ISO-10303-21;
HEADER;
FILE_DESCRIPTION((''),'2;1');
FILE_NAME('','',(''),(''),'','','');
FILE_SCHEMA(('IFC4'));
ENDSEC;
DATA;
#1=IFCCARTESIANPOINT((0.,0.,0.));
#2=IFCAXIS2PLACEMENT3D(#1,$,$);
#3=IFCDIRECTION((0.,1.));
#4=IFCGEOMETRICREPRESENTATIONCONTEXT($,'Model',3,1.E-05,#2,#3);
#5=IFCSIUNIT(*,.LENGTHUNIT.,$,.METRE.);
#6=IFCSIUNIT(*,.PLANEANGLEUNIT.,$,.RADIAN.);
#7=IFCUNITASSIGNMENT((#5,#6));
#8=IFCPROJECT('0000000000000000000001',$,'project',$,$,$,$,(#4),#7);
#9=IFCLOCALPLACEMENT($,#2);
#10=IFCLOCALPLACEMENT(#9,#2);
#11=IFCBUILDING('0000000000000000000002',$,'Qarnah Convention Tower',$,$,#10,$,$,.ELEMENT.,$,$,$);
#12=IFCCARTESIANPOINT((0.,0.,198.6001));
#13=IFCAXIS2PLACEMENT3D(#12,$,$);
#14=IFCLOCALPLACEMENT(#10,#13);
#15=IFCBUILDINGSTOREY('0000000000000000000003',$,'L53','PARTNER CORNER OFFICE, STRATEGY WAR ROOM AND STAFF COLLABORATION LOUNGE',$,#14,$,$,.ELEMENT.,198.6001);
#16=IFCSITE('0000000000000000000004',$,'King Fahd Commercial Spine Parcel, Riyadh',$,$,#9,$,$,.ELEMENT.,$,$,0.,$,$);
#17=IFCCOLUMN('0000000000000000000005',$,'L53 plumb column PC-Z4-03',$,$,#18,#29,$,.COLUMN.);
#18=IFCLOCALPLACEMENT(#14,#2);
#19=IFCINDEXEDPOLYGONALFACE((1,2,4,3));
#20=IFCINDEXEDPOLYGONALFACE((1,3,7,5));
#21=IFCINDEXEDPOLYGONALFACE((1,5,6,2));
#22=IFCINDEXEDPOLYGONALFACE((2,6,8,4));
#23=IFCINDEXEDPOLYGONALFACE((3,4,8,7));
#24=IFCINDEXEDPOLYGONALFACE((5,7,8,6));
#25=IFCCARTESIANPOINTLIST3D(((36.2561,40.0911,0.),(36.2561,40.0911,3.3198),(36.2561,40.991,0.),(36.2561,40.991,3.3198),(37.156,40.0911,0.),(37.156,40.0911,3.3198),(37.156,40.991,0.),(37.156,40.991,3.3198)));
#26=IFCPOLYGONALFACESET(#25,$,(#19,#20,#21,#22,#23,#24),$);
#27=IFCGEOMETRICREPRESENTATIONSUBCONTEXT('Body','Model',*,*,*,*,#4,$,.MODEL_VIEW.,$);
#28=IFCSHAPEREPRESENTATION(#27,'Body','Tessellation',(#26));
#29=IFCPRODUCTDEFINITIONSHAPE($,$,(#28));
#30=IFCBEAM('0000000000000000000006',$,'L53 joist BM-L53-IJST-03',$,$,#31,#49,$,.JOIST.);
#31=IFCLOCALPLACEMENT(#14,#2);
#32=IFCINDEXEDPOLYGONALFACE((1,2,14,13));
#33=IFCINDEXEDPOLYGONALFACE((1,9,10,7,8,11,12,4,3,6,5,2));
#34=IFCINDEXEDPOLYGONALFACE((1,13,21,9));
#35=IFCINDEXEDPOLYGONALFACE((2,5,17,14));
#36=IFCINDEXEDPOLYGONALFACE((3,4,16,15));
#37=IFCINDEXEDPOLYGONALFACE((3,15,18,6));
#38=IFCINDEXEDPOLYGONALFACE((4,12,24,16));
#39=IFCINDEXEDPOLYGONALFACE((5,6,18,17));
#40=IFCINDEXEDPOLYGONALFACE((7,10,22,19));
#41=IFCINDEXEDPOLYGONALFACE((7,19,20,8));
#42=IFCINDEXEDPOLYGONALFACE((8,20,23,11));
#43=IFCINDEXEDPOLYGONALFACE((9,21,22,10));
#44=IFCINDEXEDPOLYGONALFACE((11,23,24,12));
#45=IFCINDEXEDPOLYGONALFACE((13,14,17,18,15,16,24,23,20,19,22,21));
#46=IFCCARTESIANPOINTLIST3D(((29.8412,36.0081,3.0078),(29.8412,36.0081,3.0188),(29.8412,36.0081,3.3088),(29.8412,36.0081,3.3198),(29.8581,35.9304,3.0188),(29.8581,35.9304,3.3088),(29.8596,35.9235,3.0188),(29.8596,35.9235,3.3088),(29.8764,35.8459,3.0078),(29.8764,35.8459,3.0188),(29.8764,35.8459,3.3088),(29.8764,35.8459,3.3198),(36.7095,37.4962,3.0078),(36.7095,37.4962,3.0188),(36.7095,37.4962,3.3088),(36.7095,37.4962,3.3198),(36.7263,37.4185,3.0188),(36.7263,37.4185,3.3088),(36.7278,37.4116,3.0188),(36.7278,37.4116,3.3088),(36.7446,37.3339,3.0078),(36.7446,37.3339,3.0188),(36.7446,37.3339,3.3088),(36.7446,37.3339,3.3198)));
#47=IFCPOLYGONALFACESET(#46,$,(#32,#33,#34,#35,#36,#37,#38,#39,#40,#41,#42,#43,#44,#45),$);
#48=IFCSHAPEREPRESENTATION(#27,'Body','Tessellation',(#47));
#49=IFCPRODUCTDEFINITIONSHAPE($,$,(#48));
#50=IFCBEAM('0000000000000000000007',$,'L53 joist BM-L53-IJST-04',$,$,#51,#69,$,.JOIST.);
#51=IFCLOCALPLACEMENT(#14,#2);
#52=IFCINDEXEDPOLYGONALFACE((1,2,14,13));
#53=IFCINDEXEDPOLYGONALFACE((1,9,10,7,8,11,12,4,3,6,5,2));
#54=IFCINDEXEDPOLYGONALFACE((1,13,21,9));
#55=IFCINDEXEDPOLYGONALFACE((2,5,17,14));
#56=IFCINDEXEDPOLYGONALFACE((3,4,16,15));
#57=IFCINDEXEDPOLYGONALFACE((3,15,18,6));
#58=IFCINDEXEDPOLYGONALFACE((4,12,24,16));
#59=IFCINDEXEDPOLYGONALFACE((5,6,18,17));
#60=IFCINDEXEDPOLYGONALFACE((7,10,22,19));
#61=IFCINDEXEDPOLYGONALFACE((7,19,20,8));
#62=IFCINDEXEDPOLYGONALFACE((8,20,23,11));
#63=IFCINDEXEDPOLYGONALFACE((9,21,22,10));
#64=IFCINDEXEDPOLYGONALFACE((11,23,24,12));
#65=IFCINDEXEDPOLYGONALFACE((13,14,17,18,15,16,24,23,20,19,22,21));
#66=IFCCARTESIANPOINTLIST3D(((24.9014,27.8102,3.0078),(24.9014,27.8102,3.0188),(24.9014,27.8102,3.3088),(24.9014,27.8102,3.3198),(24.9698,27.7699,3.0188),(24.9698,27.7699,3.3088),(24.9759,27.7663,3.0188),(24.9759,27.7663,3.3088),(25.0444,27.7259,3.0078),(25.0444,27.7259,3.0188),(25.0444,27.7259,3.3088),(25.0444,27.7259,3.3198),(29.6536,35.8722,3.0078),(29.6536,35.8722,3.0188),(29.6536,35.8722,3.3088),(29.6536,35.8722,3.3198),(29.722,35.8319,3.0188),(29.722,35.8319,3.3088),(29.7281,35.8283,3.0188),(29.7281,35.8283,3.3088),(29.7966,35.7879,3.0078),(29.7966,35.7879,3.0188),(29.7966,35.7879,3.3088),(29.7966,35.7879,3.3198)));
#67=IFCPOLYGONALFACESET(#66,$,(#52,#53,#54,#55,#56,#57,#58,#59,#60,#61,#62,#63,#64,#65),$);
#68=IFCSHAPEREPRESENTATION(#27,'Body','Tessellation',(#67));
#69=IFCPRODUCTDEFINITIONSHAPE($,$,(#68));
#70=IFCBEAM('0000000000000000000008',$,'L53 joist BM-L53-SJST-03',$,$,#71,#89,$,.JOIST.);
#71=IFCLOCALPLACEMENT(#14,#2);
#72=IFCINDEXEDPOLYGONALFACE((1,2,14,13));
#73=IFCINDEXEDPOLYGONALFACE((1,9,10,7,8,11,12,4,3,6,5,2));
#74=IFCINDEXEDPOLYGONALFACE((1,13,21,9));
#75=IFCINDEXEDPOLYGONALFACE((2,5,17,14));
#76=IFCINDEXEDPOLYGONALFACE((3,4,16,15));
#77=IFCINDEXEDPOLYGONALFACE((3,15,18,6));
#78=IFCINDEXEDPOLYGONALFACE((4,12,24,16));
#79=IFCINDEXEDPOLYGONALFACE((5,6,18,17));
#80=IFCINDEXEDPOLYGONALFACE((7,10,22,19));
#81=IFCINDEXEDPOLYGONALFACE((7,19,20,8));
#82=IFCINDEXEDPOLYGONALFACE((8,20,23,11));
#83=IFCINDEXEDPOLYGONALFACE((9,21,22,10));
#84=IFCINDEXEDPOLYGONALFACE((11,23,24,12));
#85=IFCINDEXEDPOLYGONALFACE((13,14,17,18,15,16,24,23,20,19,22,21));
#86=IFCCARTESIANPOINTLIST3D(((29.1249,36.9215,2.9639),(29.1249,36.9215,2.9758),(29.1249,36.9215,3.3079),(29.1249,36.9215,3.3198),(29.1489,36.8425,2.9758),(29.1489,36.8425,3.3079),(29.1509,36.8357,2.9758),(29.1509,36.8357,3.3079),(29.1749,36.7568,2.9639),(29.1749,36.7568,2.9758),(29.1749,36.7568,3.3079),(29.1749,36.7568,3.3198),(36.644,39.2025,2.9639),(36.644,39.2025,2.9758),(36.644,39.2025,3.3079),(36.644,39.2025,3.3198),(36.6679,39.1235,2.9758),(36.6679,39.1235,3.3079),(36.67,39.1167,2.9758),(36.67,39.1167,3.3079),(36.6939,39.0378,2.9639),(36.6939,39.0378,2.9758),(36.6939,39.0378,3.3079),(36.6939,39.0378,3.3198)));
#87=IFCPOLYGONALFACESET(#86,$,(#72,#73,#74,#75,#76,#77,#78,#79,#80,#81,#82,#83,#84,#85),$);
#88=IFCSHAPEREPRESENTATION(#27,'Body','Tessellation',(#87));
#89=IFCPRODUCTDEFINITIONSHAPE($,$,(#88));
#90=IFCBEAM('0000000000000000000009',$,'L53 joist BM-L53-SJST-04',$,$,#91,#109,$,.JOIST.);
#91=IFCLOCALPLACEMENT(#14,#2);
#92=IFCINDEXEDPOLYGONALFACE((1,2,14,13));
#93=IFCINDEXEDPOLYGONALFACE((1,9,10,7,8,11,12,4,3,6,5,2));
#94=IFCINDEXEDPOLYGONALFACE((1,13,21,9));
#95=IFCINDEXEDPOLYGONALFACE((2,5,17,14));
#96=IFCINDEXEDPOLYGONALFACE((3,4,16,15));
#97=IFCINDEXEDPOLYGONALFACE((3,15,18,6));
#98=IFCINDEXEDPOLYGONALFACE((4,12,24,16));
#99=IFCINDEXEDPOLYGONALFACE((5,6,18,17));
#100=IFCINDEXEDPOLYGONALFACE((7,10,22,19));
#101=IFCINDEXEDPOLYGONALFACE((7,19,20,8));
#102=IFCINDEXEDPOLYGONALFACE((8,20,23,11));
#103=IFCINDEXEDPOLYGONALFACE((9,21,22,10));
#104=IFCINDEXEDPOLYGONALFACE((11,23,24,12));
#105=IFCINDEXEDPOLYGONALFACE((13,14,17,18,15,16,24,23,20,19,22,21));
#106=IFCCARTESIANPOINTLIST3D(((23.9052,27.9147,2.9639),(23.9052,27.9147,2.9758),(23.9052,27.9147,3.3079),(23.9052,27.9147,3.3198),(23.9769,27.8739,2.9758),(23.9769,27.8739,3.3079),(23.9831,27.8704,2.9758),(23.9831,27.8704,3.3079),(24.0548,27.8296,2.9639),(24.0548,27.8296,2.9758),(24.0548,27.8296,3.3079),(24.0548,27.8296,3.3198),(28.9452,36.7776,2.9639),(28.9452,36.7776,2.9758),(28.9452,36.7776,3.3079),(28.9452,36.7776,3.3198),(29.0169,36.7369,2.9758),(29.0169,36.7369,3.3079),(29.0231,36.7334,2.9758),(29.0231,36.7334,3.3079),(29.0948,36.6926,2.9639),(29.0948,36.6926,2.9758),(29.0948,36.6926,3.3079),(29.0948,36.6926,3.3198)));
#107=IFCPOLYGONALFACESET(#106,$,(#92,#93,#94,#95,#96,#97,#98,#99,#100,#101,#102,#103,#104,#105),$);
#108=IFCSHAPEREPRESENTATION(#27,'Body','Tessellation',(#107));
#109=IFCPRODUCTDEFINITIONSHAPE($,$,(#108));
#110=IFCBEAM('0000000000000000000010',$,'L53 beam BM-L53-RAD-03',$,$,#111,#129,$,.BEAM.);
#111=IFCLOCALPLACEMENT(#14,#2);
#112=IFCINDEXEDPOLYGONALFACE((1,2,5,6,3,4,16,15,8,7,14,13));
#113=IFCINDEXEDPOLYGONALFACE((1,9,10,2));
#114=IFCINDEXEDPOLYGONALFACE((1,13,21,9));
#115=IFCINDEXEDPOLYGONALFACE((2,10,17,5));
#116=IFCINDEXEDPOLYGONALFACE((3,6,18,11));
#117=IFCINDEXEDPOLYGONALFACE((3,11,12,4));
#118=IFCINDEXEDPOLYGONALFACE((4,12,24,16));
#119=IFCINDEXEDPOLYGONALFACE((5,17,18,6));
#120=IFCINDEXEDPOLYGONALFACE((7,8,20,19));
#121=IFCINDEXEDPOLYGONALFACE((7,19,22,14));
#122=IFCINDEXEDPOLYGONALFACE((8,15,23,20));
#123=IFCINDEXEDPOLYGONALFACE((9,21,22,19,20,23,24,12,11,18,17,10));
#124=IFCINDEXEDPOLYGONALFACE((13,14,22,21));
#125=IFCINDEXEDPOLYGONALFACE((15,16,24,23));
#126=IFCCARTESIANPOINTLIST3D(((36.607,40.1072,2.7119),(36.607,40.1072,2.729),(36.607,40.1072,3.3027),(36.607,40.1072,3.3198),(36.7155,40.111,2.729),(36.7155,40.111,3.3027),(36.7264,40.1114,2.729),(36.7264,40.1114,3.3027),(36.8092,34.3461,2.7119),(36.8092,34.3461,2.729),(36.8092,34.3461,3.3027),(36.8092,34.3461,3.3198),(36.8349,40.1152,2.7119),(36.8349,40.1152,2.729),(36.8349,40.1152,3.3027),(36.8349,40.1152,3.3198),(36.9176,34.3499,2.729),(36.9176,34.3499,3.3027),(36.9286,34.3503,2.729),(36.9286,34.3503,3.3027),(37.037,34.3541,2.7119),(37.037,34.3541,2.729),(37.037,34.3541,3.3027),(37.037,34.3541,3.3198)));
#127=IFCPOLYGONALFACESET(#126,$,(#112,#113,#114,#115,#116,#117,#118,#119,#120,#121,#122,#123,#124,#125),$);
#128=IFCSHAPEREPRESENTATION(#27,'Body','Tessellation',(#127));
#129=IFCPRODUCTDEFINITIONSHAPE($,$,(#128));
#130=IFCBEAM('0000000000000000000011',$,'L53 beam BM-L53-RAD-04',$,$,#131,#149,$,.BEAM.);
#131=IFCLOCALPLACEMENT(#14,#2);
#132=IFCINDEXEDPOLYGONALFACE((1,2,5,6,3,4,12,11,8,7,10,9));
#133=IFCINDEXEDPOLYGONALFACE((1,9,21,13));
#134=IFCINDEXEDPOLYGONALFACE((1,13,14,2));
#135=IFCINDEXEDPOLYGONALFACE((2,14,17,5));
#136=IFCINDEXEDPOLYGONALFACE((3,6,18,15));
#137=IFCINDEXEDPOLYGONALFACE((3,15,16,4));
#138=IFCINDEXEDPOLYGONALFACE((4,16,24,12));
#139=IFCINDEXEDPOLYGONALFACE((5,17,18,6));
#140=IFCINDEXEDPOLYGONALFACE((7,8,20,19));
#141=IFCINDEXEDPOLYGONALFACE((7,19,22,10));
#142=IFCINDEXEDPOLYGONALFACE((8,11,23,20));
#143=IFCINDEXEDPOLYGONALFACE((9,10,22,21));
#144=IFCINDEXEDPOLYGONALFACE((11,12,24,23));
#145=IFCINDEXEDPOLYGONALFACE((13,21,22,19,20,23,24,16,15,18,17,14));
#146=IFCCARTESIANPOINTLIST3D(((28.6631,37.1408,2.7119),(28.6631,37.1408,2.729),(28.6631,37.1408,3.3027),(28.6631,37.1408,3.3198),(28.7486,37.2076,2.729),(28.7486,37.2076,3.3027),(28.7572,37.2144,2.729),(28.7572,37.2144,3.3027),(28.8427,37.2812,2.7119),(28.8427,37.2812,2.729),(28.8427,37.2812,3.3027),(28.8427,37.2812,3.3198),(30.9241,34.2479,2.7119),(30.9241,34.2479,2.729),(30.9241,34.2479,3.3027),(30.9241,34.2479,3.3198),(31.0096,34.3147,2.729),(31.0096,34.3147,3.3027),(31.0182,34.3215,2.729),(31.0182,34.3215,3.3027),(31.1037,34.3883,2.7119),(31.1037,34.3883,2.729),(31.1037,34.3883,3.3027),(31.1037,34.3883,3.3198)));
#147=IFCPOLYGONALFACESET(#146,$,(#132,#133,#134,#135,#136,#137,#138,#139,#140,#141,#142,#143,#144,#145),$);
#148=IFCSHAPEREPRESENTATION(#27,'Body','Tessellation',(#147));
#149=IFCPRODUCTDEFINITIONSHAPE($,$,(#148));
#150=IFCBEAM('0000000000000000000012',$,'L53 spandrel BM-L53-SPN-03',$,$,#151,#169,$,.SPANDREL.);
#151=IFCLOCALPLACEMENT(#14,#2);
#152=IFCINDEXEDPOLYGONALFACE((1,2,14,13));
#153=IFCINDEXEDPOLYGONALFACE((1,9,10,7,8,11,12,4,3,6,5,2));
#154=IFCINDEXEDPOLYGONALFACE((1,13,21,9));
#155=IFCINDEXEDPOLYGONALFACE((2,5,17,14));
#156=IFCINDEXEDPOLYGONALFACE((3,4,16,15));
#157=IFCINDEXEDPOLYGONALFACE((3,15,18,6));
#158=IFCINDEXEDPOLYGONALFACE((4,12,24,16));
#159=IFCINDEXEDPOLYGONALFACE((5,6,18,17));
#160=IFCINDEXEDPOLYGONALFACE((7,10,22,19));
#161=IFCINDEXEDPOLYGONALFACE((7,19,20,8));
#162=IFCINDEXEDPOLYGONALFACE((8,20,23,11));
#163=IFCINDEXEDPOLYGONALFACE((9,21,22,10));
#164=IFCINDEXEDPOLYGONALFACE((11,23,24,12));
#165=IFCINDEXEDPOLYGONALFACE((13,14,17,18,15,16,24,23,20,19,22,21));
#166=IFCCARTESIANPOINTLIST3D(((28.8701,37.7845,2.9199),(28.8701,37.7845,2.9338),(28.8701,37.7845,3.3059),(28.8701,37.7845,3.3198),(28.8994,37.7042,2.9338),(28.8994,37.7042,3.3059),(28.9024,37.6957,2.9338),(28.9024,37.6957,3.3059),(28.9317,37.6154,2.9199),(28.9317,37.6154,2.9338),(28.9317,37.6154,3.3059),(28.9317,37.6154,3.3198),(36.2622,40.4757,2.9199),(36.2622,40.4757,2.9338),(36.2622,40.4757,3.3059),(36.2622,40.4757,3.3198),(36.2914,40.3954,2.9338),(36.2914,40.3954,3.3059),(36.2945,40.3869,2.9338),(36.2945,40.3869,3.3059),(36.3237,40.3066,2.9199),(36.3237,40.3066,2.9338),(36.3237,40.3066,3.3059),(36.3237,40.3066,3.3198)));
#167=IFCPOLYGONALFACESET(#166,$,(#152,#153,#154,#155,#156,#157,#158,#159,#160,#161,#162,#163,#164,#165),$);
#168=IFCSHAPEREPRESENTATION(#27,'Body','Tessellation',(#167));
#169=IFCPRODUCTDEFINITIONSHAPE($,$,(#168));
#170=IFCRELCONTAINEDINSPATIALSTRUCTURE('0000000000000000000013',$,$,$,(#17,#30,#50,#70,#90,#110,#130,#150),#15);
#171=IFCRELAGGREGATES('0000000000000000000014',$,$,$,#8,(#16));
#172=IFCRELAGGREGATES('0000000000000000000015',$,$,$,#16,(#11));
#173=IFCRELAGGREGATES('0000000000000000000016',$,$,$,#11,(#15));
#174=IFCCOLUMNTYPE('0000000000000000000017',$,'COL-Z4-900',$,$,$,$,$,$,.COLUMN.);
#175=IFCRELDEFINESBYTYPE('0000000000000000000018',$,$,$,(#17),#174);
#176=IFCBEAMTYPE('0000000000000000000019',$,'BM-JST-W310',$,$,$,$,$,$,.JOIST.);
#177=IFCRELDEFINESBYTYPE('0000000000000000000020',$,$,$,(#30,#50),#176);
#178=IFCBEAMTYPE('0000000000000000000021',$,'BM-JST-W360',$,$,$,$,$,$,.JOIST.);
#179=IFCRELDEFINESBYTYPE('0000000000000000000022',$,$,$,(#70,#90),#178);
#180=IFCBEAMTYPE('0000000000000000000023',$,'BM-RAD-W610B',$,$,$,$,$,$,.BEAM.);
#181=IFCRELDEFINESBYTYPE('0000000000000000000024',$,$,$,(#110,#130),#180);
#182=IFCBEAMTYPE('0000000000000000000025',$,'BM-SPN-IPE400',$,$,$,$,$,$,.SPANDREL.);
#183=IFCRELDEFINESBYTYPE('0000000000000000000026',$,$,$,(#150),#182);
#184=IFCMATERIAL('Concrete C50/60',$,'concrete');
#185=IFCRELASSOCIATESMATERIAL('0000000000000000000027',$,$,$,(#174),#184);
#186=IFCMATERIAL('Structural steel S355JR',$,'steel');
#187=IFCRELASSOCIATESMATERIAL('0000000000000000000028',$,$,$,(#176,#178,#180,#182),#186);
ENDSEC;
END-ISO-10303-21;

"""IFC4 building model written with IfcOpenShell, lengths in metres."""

from ifc_helpers import new_model, si_unit, direction, frame, origin, origin_2d, place, context, subcontext, project, spatial, rectangle, i_section, extrude, material, material_profile, profile_set, type_object, element, save


model = new_model("IFC4")

# Units and contexts
model_context = context("Model", 3, precision=1e-05, world=origin(), true_north=direction((0.0, 1.0)))
body_context = subcontext(model_context, "Body", "Model", "MODEL_VIEW")
ifc_project = project(units=[si_unit("LENGTHUNIT", "METRE"), si_unit("PLANEANGLEUNIT", "RADIAN")], contexts=[model_context])

# Site, building, storey
site_placement = place(None, origin())
site = spatial("IfcSite", under=ifc_project, at=site_placement, Name="King Fahd Commercial Spine Parcel, Riyadh", CompositionType="ELEMENT", RefElevation=0.0)
building_placement = place(site_placement, origin())
building = spatial("IfcBuilding", under=site, at=building_placement, Name="Qarnah Convention Tower", CompositionType="ELEMENT")
storey_placement = place(building_placement, frame((0.0, 0.0, 198.6001)))
storey = spatial("IfcBuildingStorey", under=building, at=storey_placement, Name="L53", Description="PARTNER CORNER OFFICE, STRATEGY WAR ROOM AND STAFF COLLABORATION LOUNGE", CompositionType="ELEMENT", Elevation=198.6001)

# Column
ifc_material_1 = material(Name="Concrete C50/60", Category="concrete")
ifc_material_profile_1 = material_profile(ifc_material_1, rectangle(XDim=0.8999, YDim=0.8999, at=origin_2d()), Name="RC-COL-900X900")
ifc_profile_set_1 = profile_set([ifc_material_profile_1], Name="Concrete C50/60")
column_type = type_object("IfcColumnType", Name="COL-Z4-900", PredefinedType="COLUMN", material=ifc_profile_set_1)
column_placement = place(storey_placement, frame((36.7061, 40.541, 0.0), z_axis=(0.0, 0.0, 1.0), x_axis=(1.0, 0.0, 0.0)))
element("IfcColumn", 1, at=column_placement, inside=storey, type_object=column_type, Name="L53 plumb column PC-Z4-03", PredefinedType="COLUMN", context=body_context, shape_type="SweptSolid", body=[
    extrude(rectangle(XDim=0.8999, YDim=0.8999, at=origin_2d()), origin(), (0.0, 0.0, 1.0), 3.3198),
])

# Beams
ifc_material_2 = material(Name="Structural steel S355JR", Category="steel")
ifc_material_profile_2 = material_profile(ifc_material_2, i_section(OverallWidth=0.166, OverallDepth=0.312, WebThickness=0.0071, FlangeThickness=0.011, at=origin_2d()), Name="W310X45")
ifc_profile_set_2 = profile_set([ifc_material_profile_2], Name="Structural steel S355JR")
beam_type_1 = type_object("IfcBeamType", Name="BM-JST-W310", PredefinedType="JOIST", material=ifc_profile_set_2)
beam_1_placement = place(storey_placement, frame((36.7271, 37.415, 3.1638), z_axis=(-0.977325, -0.211744, 0.0), x_axis=(0.211744, -0.977325, 0.0)))
element("IfcBeam", 2, at=beam_1_placement, inside=storey, type_object=beam_type_1, Name="L53 joist BM-L53-IJST-03", PredefinedType="JOIST", context=body_context, shape_type="SweptSolid", body=[
    extrude(i_section(OverallWidth=0.166, OverallDepth=0.312, WebThickness=0.0071, FlangeThickness=0.011, at=origin_2d()), origin(), (0.0, 0.0, 1.0), 7.0276),
])
beam_2_placement = place(storey_placement, frame((29.7251, 35.8301, 3.1638), z_axis=(-0.507801, -0.861474, 0.0), x_axis=(0.861474, -0.507801, 0.0)))
element("IfcBeam", 3, at=beam_2_placement, inside=storey, type_object=beam_type_1, Name="L53 joist BM-L53-IJST-04", PredefinedType="JOIST", context=body_context, shape_type="SweptSolid", body=[
    extrude(i_section(OverallWidth=0.166, OverallDepth=0.312, WebThickness=0.0071, FlangeThickness=0.011, at=origin_2d()), origin(), (0.0, 0.0, 1.0), 9.3584),
])
ifc_material_profile_3 = material_profile(ifc_material_2, i_section(OverallWidth=0.1721, OverallDepth=0.356, WebThickness=0.0071, FlangeThickness=0.012, at=origin_2d()), Name="W360X51")
ifc_profile_set_3 = profile_set([ifc_material_profile_3], Name="Structural steel S355JR")
beam_type_2 = type_object("IfcBeamType", Name="BM-JST-W360", PredefinedType="JOIST", material=ifc_profile_set_3)
beam_3_placement = place(storey_placement, frame((36.6689, 39.1201, 3.1418), z_axis=(-0.956936, -0.2903, 0.0), x_axis=(0.2903, -0.956936, 0.0)))
element("IfcBeam", 4, at=beam_3_placement, inside=storey, type_object=beam_type_2, Name="L53 joist BM-L53-SJST-03", PredefinedType="JOIST", context=body_context, shape_type="SweptSolid", body=[
    extrude(i_section(OverallWidth=0.1721, OverallDepth=0.356, WebThickness=0.0071, FlangeThickness=0.012, at=origin_2d()), origin(), (0.0, 0.0, 1.0), 7.8574),
])
beam_4_placement = place(storey_placement, frame((29.02, 36.7351, 3.1418), z_axis=(-0.494322, -0.869279, 0.0), x_axis=(0.869279, -0.494322, 0.0)))
element("IfcBeam", 5, at=beam_4_placement, inside=storey, type_object=beam_type_2, Name="L53 joist BM-L53-SJST-04", PredefinedType="JOIST", context=body_context, shape_type="SweptSolid", body=[
    extrude(i_section(OverallWidth=0.1721, OverallDepth=0.356, WebThickness=0.0071, FlangeThickness=0.012, at=origin_2d()), origin(), (0.0, 0.0, 1.0), 10.1958),
])
ifc_material_profile_4 = material_profile(ifc_material_2, i_section(OverallWidth=0.228, OverallDepth=0.6079, WebThickness=0.011, FlangeThickness=0.0171, at=origin_2d()), Name="W610X113")
ifc_profile_set_4 = profile_set([ifc_material_profile_4], Name="Structural steel S355JR")
beam_type_3 = type_object("IfcBeamType", Name="BM-RAD-W610B", PredefinedType="BEAM", material=ifc_profile_set_4)
beam_5_placement = place(storey_placement, frame((36.9231, 34.3501, 3.0159), z_axis=(-0.035068, 0.999385, 0.0), x_axis=(-0.999385, -0.035068, 0.0)))
element("IfcBeam", 6, at=beam_5_placement, inside=storey, type_object=beam_type_3, Name="L53 beam BM-L53-RAD-03", PredefinedType="BEAM", context=body_context, shape_type="SweptSolid", body=[
    extrude(i_section(OverallWidth=0.228, OverallDepth=0.6079, WebThickness=0.011, FlangeThickness=0.0171, at=origin_2d()), origin(), (0.0, 0.0, 1.0), 5.7646),
])
beam_6_placement = place(storey_placement, frame((31.0139, 34.3181, 3.0159), z_axis=(-0.615808, 0.787896, 0.0), x_axis=(-0.787896, -0.615808, 0.0)))
element("IfcBeam", 7, at=beam_6_placement, inside=storey, type_object=beam_type_3, Name="L53 beam BM-L53-RAD-04", PredefinedType="BEAM", context=body_context, shape_type="SweptSolid", body=[
    extrude(i_section(OverallWidth=0.228, OverallDepth=0.6079, WebThickness=0.011, FlangeThickness=0.0171, at=origin_2d()), origin(), (0.0, 0.0, 1.0), 3.6716),
])
ifc_material_profile_5 = material_profile(ifc_material_2, i_section(OverallWidth=0.1799, OverallDepth=0.3999, WebThickness=0.009, FlangeThickness=0.0139, at=origin_2d()), Name="IPE400")
ifc_profile_set_5 = profile_set([ifc_material_profile_5], Name="Structural steel S355JR")
beam_type_4 = type_object("IfcBeamType", Name="BM-SPN-IPE400", PredefinedType="SPANDREL", material=ifc_profile_set_5)
beam_7_placement = place(storey_placement, frame((36.293, 40.3911, 3.1199), z_axis=(-0.939666, -0.342094, 0.0), x_axis=(0.342094, -0.939666, 0.0)))
element("IfcBeam", 8, at=beam_7_placement, inside=storey, type_object=beam_type_4, Name="L53 spandrel BM-L53-SPN-03", PredefinedType="SPANDREL", context=body_context, shape_type="SweptSolid", body=[
    extrude(i_section(OverallWidth=0.1799, OverallDepth=0.3999, WebThickness=0.009, FlangeThickness=0.0139, at=origin_2d()), origin(), (0.0, 0.0, 1.0), 7.8667),
])

save(model, "model.ifc")
